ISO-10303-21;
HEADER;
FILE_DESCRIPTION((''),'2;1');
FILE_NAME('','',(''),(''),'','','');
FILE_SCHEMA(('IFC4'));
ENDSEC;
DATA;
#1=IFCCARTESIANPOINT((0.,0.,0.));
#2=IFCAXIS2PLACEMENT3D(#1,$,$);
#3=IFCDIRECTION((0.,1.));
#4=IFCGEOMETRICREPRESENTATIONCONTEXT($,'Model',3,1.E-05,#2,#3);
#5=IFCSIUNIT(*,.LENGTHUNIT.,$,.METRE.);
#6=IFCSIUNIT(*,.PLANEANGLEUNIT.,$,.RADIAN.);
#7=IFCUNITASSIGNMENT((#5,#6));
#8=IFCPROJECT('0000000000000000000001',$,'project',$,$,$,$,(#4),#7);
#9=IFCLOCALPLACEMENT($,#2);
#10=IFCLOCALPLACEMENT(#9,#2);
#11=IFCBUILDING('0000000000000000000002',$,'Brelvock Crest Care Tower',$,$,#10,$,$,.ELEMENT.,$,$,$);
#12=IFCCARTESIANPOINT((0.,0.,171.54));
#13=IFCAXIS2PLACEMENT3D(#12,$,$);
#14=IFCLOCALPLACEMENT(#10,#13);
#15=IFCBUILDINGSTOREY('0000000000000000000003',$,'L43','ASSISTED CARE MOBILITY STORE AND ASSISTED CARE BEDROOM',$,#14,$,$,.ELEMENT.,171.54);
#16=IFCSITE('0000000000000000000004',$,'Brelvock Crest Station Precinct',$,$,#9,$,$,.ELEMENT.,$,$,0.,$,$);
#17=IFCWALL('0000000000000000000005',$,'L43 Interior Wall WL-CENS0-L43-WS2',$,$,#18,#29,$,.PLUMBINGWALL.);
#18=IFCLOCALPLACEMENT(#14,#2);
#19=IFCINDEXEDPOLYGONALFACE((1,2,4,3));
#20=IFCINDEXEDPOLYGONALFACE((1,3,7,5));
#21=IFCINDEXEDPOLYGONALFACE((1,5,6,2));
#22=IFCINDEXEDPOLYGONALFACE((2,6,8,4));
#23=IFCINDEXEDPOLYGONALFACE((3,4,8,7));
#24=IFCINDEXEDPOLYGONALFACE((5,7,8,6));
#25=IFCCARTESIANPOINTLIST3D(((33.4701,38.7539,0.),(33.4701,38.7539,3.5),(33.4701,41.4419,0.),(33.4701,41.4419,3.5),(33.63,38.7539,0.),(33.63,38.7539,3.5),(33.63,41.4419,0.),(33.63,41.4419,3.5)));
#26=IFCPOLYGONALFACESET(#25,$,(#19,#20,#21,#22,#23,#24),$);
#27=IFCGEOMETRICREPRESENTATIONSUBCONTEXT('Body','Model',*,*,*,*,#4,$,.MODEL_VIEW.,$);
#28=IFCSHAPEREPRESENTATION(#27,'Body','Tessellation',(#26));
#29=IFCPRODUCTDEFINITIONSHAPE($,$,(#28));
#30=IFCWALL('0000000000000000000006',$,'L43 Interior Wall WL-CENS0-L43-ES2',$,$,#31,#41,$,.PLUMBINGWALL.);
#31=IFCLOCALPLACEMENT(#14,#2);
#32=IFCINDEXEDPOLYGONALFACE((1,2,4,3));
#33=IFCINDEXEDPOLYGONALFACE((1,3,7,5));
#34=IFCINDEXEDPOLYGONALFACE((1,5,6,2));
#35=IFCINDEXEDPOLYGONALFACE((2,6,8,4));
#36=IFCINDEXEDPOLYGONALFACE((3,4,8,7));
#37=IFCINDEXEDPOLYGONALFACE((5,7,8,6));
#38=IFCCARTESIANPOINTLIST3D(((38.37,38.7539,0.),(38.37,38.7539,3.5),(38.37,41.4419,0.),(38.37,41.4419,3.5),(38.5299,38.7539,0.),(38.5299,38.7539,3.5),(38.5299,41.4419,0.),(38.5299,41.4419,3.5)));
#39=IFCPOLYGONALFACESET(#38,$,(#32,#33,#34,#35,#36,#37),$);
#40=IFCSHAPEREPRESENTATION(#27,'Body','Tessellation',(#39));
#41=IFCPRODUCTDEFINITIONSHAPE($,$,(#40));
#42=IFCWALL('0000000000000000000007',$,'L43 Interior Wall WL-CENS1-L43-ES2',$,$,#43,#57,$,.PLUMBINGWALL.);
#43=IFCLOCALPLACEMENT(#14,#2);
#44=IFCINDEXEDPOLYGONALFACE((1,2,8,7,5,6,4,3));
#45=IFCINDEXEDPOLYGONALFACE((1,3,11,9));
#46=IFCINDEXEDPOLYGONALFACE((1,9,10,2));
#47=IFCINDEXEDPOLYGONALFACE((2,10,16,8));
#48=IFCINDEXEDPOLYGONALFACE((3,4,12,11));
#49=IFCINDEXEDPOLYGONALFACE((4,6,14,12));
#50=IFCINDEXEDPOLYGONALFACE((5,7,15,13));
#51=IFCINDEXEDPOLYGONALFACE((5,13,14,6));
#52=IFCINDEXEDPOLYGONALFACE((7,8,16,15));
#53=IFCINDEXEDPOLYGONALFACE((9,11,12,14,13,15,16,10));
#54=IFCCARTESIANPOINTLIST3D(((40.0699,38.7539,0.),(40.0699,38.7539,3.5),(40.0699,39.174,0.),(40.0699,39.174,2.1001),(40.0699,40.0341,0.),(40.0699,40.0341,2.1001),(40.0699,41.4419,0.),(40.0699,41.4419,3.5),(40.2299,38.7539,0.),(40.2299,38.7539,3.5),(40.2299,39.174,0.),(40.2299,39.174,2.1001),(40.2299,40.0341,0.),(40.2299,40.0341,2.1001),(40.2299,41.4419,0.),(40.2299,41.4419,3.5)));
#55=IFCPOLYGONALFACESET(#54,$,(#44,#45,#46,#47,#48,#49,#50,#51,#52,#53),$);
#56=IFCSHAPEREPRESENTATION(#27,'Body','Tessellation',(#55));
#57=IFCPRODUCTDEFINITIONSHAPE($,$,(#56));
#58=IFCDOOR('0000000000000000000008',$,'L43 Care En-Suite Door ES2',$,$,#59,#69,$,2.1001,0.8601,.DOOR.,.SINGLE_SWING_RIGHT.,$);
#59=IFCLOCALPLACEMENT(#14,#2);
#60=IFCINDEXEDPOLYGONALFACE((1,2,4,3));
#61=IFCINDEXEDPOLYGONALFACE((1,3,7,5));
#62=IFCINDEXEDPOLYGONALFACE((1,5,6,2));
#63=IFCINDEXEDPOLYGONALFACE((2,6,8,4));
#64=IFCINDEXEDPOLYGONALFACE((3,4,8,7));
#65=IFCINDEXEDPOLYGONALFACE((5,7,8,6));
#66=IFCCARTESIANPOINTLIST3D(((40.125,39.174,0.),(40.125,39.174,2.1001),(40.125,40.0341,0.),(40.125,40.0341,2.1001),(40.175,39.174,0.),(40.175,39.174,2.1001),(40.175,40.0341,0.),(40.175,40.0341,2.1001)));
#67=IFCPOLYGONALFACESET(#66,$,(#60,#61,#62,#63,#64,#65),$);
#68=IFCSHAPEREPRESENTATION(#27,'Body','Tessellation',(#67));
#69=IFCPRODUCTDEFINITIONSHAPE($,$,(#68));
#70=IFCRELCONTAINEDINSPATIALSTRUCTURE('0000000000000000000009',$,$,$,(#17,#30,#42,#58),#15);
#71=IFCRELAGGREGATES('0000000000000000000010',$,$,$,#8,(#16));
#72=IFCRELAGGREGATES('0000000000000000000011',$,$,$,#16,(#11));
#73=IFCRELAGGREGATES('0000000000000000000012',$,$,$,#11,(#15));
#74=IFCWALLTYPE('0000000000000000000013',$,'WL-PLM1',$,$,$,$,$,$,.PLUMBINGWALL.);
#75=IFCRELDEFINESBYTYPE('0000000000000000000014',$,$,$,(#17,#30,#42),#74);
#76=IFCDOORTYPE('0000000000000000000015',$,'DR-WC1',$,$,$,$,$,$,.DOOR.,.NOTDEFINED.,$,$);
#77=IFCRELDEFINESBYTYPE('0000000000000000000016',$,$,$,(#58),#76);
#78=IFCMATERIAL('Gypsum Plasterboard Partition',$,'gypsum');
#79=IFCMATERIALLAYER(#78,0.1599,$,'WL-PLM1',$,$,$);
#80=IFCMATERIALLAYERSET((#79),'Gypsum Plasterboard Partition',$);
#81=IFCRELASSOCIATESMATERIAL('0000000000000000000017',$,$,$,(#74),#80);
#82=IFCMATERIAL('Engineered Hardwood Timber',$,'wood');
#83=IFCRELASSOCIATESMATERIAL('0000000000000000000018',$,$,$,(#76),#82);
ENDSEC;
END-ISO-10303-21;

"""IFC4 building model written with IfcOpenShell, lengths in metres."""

from ifc_helpers import new_model, si_unit, direction, frame, frame_2d, origin, origin_2d, place, context, subcontext, project, spatial, rectangle, extrude, source, transform, mapped, material, layer, layer_set, type_object, element, fill, save


model = new_model("IFC4")

# Units and contexts
model_context = context("Model", 3, precision=1e-05, world=origin(), true_north=direction((0.0, 1.0)))
body_context = subcontext(model_context, "Body", "Model", "MODEL_VIEW")
ifc_project = project(units=[si_unit("LENGTHUNIT", "METRE"), si_unit("PLANEANGLEUNIT", "RADIAN")], contexts=[model_context])

# Site, building, storey
site_placement = place(None, origin())
site = spatial("IfcSite", under=ifc_project, at=site_placement, Name="Brelvock Crest Station Precinct", CompositionType="ELEMENT", RefElevation=0.0)
building_placement = place(site_placement, origin())
building = spatial("IfcBuilding", under=site, at=building_placement, Name="Brelvock Crest Care Tower", CompositionType="ELEMENT")
storey_placement = place(building_placement, frame((0.0, 0.0, 171.54)))
storey = spatial("IfcBuildingStorey", under=building, at=storey_placement, Name="L43", Description="ASSISTED CARE MOBILITY STORE AND ASSISTED CARE BEDROOM", CompositionType="ELEMENT", Elevation=171.54)

# Shared definitions
ifc_material_1 = material(Name="Engineered Hardwood Timber", Category="wood")
ifc_material_2 = material(Name="Gypsum Plasterboard Partition", Category="gypsum")
ifc_layer_1 = layer(ifc_material_2, 0.1599, Name="WL-PLM1")
ifc_layer_set_1 = layer_set([ifc_layer_1], Name="Gypsum Plasterboard Partition")
wall_type_1 = type_object("IfcWallType", Name="WL-PLM1", PredefinedType="PLUMBINGWALL", material=ifc_layer_set_1)
door_type_1 = type_object("IfcDoorType", Name="DR-WC1", OperationType="NOTDEFINED", PredefinedType="DOOR", material=ifc_material_1)
shared_shape_1 = source(origin(), body_context, "Body", "SweptSolid", [
    extrude(rectangle(XDim=0.8601, YDim=2.1001, at=origin_2d()), frame((0.4302, 0.0249, 1.05), z_axis=(0.0, -1.0, 0.0), x_axis=(1.0, 0.0, 0.0)), (0.0, 0.0, 1.0), 0.05),
])

# Walls
for number, where, z_axis, x_axis, name in (
    (1, (33.55, 38.7539, 0.0), (0.0, 0.0, 1.0), (0.0, 1.0, 0.0), "L43 Interior Wall WL-CENS0-L43-WS2"),
    (2, (38.45, 38.7539, 0.0), (0.0, 0.0, 1.0), (0.0, 1.0, 0.0), "L43 Interior Wall WL-CENS0-L43-ES2"),
):
    element("IfcWall", number, at=place(storey_placement, frame(where, z_axis=z_axis, x_axis=x_axis)), inside=storey, type_object=wall_type_1, Name=name, PredefinedType="PLUMBINGWALL", context=body_context, shape_type="SweptSolid", body=[
        extrude(rectangle(XDim=2.688, YDim=0.1599, at=frame_2d((1.344, 0.0))), origin(), (0.0, 0.0, 1.0), 3.5),
    ])

# Wall, opening, door
wall_1_placement = place(storey_placement, frame((40.1499, 38.7539, 0.0), z_axis=(0.0, 0.0, 1.0), x_axis=(0.0, 1.0, 0.0)))
wall_1 = element("IfcWall", 3, at=wall_1_placement, inside=storey, type_object=wall_type_1, Name="L43 Interior Wall WL-CENS1-L43-ES2", PredefinedType="PLUMBINGWALL", context=body_context, shape_type="SweptSolid", body=[
    extrude(rectangle(XDim=2.688, YDim=0.1599, at=frame_2d((1.344, 0.0))), origin(), (0.0, 0.0, 1.0), 3.5),
])
opening_1_placement = place(wall_1_placement, frame((0.4199, 0.0, 0.0)))
opening_1 = element("IfcOpeningElement", 4, at=opening_1_placement, cuts=wall_1, PredefinedType="OPENING", context=body_context, shape_type="SweptSolid", body=[
    extrude(rectangle(XDim=0.8601, YDim=2.1001, at=origin_2d()), frame((0.4302, 0.0898, 1.05), z_axis=(0.0, -1.0, 0.0), x_axis=(1.0, 0.0, 0.0)), (0.0, 0.0, 1.0), 0.1799),
])
door_1_placement = place(opening_1_placement, origin())
door_1 = element("IfcDoor", 5, at=door_1_placement, inside=storey, type_object=door_type_1, Name="L43 Care En-Suite Door ES2", OperationType="SINGLE_SWING_RIGHT", OverallHeight=2.1001, OverallWidth=0.8601, PredefinedType="DOOR", context=body_context, shape_type="MappedRepresentation", body=[
    mapped(shared_shape_1, transform((0.0, 0.0, 0.0), x_axis=(1.0, 0.0, 0.0), y_axis=(0.0, 1.0, 0.0), z_axis=(0.0, 0.0, 1.0), scale=1.0)),
])
fill(opening_1, door_1)

save(model, "model.ifc")
